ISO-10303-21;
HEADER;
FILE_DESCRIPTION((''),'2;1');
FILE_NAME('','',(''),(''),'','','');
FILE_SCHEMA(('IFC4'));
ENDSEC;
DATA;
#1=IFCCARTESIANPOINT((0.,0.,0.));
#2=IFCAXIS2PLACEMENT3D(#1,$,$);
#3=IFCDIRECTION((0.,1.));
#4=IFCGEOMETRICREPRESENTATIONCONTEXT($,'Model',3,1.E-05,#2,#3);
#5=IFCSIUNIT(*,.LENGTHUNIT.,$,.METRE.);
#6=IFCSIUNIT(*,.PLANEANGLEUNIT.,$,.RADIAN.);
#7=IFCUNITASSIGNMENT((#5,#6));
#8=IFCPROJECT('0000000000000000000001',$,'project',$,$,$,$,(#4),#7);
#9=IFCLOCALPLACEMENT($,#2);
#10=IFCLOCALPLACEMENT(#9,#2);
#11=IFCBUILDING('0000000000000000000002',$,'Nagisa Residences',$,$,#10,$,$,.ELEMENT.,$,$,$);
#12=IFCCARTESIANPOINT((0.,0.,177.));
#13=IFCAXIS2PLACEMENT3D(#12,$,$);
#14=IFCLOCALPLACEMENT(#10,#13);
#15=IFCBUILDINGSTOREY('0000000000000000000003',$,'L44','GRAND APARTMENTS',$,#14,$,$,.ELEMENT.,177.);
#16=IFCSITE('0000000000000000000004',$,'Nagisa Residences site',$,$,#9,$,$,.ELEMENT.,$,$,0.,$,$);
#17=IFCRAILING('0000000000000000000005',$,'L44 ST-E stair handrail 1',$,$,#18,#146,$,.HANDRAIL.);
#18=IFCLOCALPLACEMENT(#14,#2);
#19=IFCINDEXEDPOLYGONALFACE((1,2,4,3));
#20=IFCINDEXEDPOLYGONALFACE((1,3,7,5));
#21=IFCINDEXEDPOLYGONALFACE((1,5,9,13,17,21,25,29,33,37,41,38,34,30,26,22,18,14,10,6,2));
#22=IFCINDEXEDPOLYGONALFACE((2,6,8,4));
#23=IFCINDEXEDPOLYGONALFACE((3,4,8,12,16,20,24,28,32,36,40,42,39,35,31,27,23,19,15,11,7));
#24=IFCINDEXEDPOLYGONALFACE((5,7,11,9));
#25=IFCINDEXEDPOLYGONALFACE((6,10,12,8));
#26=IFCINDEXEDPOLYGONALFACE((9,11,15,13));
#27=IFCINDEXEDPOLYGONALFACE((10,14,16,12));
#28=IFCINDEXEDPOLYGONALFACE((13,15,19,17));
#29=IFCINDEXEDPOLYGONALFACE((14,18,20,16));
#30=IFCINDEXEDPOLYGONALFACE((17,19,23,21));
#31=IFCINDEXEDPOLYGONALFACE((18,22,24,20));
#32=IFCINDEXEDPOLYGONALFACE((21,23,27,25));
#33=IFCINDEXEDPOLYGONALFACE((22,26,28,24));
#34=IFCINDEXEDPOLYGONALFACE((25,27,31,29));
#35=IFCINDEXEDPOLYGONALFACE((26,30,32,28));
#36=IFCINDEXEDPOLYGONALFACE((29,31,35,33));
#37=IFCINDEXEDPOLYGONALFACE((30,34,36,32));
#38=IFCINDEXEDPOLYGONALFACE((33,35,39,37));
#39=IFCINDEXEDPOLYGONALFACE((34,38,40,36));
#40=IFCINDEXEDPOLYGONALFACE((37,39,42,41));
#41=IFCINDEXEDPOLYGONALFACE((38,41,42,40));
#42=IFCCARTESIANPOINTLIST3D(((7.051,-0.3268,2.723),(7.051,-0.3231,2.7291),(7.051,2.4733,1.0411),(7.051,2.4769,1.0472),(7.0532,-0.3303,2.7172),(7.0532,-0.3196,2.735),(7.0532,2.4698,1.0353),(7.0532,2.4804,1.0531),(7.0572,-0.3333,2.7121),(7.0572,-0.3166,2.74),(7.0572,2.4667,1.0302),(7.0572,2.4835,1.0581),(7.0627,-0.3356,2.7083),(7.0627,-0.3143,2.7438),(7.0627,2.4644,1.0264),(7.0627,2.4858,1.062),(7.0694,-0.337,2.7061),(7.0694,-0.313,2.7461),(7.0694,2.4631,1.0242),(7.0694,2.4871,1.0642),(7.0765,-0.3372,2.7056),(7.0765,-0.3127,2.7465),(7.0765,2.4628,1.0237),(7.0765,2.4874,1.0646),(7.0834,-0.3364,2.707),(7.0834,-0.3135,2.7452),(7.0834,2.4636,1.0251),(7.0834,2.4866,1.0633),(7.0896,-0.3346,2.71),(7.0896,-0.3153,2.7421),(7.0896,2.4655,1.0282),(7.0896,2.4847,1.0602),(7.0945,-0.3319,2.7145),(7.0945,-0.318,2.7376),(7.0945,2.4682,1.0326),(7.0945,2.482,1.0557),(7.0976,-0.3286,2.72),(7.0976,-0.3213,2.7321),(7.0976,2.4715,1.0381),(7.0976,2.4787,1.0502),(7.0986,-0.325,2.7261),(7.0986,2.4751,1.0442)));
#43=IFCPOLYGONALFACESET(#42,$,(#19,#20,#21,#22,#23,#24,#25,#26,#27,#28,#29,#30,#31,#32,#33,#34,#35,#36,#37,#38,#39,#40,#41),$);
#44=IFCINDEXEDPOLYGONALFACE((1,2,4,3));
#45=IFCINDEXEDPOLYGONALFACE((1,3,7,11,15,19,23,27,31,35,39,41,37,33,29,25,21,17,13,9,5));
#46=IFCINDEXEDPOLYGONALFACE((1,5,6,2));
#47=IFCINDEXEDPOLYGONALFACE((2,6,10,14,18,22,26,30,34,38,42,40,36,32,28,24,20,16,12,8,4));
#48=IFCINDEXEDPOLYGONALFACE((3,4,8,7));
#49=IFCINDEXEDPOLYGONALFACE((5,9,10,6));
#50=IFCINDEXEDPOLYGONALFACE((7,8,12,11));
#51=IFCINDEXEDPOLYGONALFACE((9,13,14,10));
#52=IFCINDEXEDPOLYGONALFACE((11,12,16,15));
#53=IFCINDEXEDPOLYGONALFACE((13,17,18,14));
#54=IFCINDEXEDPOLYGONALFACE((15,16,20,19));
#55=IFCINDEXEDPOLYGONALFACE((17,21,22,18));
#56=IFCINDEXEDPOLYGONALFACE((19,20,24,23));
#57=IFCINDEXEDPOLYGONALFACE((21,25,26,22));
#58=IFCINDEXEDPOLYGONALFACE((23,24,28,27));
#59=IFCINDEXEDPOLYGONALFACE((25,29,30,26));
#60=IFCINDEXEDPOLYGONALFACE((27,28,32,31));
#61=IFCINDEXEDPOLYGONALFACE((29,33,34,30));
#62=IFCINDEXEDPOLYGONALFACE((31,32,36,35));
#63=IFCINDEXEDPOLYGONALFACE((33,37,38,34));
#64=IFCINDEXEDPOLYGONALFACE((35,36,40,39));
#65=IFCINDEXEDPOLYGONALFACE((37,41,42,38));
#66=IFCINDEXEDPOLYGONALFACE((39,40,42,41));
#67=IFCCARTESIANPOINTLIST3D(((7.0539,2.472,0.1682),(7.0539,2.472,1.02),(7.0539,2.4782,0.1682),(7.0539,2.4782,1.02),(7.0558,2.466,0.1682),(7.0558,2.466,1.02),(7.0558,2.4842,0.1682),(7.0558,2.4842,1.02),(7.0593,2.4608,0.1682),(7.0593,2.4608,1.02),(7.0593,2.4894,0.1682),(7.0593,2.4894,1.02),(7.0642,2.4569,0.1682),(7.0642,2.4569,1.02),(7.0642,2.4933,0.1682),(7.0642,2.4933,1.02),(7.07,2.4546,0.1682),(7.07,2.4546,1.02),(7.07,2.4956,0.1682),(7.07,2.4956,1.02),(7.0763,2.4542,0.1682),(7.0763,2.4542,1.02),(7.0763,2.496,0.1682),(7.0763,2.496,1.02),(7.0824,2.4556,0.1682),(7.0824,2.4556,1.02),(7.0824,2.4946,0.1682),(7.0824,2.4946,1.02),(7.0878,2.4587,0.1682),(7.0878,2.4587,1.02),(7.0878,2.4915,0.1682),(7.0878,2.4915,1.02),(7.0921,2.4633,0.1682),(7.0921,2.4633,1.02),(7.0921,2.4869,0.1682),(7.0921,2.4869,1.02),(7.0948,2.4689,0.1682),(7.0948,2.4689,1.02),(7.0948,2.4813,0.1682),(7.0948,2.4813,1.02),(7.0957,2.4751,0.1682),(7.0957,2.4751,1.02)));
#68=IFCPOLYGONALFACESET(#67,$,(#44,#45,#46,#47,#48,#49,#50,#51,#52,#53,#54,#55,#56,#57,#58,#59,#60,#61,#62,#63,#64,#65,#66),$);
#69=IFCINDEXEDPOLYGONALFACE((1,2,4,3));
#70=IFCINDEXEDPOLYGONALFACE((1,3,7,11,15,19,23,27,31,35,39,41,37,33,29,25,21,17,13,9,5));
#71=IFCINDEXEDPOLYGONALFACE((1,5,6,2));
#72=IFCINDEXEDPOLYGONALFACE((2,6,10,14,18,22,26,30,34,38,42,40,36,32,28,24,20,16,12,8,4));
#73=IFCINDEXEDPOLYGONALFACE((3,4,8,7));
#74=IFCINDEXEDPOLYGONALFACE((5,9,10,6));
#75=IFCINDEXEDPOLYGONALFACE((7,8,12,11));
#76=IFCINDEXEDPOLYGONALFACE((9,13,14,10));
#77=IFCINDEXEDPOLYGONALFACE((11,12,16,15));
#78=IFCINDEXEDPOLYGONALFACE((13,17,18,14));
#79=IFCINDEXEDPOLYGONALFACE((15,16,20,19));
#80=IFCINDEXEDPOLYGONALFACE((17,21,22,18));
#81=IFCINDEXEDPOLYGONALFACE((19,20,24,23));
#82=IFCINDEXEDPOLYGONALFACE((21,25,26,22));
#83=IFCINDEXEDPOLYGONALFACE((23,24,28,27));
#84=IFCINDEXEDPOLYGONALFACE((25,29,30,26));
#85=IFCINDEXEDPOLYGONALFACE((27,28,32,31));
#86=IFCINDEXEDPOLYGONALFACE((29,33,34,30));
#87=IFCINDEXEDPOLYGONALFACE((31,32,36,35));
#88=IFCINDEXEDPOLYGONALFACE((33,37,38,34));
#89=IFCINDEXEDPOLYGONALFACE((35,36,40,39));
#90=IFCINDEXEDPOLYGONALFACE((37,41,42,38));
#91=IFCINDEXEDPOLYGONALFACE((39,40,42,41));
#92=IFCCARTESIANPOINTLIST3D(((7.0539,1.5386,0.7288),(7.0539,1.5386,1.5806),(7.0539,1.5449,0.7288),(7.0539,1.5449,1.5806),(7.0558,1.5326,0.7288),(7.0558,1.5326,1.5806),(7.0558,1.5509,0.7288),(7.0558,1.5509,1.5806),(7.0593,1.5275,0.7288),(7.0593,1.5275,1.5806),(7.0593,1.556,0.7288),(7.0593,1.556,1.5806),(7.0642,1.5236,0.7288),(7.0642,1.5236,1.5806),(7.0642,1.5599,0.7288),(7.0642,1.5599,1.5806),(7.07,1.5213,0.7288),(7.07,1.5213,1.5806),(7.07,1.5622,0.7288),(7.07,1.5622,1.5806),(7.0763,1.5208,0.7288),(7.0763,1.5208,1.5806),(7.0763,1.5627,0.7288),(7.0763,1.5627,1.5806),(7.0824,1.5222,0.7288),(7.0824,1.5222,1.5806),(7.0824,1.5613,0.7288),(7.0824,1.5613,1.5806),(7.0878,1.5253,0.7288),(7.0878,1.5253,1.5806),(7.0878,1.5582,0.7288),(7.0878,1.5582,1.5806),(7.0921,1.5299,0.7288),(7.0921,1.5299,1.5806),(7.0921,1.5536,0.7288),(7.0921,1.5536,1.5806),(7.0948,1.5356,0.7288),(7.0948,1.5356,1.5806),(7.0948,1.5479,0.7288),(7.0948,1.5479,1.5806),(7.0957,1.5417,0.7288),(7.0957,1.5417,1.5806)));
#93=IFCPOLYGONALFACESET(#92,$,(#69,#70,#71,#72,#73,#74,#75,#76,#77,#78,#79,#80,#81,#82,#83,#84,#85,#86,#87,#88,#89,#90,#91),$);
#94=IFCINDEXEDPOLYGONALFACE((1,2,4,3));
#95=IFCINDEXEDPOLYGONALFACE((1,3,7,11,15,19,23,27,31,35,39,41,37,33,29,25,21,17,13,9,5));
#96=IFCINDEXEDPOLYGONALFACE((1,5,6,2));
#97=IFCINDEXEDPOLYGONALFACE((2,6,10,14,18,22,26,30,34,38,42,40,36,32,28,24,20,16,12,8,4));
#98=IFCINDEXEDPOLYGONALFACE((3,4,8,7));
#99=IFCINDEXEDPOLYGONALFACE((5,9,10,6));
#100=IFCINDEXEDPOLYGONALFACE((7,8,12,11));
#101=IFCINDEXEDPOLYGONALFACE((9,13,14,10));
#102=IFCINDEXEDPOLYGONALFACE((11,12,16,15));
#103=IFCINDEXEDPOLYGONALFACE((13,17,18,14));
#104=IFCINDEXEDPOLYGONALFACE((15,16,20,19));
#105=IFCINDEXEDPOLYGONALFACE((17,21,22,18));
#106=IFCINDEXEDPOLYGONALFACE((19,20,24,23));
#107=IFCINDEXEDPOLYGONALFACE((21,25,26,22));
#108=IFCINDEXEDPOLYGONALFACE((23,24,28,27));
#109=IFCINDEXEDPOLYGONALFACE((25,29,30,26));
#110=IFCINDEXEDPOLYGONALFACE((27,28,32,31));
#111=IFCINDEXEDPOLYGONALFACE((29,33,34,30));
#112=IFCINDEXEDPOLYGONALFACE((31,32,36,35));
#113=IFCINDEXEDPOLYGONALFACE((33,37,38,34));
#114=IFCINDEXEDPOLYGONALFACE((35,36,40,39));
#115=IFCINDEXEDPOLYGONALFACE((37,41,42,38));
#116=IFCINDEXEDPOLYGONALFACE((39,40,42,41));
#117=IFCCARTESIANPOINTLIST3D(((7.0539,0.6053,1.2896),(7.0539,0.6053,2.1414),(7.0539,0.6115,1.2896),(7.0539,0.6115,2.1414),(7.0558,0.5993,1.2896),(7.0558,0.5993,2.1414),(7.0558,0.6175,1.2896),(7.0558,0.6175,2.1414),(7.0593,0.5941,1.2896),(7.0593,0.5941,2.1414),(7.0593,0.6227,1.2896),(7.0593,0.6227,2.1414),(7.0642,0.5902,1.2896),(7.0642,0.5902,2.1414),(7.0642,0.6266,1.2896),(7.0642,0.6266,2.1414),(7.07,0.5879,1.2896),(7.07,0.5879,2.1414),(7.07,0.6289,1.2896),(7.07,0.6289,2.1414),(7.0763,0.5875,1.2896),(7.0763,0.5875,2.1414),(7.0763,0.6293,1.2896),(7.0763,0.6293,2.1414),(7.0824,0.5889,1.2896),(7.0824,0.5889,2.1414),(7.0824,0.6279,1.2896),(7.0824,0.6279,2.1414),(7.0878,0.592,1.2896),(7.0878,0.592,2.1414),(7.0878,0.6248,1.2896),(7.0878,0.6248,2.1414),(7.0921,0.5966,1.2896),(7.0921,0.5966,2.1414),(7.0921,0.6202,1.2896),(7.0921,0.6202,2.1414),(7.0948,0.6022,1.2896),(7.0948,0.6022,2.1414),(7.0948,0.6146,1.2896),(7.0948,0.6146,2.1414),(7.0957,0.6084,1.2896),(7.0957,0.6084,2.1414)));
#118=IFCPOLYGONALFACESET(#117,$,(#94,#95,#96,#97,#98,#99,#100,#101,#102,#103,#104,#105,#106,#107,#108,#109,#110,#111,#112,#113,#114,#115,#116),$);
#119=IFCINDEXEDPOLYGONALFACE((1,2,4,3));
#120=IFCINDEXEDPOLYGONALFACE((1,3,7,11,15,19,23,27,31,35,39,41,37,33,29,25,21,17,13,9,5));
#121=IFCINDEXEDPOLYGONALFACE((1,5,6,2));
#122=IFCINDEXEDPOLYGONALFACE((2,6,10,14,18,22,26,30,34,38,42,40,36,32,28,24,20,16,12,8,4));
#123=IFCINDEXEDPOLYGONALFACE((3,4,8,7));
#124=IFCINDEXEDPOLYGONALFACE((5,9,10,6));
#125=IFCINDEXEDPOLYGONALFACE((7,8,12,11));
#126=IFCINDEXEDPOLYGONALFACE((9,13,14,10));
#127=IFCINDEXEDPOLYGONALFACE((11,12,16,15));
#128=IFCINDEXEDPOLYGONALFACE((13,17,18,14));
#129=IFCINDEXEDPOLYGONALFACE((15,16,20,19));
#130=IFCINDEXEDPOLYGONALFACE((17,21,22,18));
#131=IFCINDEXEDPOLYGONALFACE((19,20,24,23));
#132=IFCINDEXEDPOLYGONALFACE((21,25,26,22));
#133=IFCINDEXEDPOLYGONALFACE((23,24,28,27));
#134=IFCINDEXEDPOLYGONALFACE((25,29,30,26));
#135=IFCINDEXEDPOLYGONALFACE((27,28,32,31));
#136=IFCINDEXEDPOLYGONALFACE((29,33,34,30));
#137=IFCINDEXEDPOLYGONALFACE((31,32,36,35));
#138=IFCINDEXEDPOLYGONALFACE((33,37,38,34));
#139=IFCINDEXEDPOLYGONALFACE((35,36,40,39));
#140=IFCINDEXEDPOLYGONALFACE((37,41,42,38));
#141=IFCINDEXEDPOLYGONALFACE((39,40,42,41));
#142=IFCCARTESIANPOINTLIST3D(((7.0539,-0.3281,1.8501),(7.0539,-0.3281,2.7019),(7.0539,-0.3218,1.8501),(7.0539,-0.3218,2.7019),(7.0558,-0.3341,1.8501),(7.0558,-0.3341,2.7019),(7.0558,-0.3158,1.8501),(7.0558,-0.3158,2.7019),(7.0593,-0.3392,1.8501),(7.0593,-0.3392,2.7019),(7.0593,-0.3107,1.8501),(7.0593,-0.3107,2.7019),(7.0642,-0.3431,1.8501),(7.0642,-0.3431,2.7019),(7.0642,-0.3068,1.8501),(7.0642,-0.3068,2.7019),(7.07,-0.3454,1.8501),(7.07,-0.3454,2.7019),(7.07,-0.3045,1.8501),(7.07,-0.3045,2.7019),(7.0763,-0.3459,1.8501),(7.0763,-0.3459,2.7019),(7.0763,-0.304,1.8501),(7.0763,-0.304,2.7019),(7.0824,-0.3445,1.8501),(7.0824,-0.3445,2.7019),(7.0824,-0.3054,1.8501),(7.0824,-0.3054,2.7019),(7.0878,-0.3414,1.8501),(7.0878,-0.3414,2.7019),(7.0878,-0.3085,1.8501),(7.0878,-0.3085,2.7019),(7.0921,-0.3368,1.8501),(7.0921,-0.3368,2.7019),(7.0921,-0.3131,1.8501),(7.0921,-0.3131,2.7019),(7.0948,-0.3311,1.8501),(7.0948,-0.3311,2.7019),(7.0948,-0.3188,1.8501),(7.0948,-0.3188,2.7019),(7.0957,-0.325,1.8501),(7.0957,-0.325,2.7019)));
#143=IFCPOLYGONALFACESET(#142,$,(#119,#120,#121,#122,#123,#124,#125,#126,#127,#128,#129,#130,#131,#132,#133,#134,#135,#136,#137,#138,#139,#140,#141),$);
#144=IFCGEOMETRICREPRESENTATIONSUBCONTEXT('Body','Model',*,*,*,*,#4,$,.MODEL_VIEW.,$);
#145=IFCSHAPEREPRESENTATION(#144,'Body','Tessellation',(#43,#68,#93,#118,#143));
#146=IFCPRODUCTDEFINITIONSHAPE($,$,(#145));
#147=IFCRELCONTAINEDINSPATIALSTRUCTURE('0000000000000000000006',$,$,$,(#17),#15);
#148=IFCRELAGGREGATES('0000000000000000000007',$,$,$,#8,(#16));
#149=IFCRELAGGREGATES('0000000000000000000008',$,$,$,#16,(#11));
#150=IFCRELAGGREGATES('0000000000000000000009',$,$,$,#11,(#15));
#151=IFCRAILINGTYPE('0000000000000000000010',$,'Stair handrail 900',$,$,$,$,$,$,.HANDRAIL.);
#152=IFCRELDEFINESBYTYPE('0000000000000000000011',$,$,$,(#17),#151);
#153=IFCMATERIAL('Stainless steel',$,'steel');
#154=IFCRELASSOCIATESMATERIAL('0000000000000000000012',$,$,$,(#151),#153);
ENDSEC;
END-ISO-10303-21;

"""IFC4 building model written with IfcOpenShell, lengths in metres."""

from ifc_helpers import new_model, si_unit, direction, frame, origin, origin_2d, place, context, subcontext, project, spatial, circle, extrude, material, type_object, element, save


model = new_model("IFC4")

# Units and contexts
model_context = context("Model", 3, precision=1e-05, world=origin(), true_north=direction((0.0, 1.0)))
body_context = subcontext(model_context, "Body", "Model", "MODEL_VIEW")
ifc_project = project(units=[si_unit("LENGTHUNIT", "METRE"), si_unit("PLANEANGLEUNIT", "RADIAN")], contexts=[model_context])

# Site, building, storey
site_placement = place(None, origin())
site = spatial("IfcSite", under=ifc_project, at=site_placement, Name="Nagisa Residences site", CompositionType="ELEMENT", RefElevation=0.0)
building_placement = place(site_placement, origin())
building = spatial("IfcBuilding", under=site, at=building_placement, Name="Nagisa Residences", CompositionType="ELEMENT")
storey_placement = place(building_placement, frame((0.0, 0.0, 177.0)))
storey = spatial("IfcBuildingStorey", under=building, at=storey_placement, Name="L44", Description="GRAND APARTMENTS", CompositionType="ELEMENT", Elevation=177.0)

# Railing
ifc_material_1 = material(Name="Stainless steel", Category="steel")
railing_type_1 = type_object("IfcRailingType", Name="Stair handrail 900", PredefinedType="HANDRAIL", material=ifc_material_1)
railing_1_placement = place(storey_placement, frame((7.0747, 2.4751, 0.1682)))
element("IfcRailing", 1, at=railing_1_placement, inside=storey, type_object=railing_type_1, Name="L44 ST-E stair handrail 1", PredefinedType="HANDRAIL", context=body_context, shape_type="SweptSolid", body=[
    extrude(circle(Radius=0.0239, at=origin_2d()), frame((0.0, 0.0, 0.876), z_axis=(0.0, -0.857242, 0.514913), x_axis=(1.0, 0.0, 0.0)), (0.0, 0.0, 1.0), 3.2664),
    extrude(circle(Radius=0.021, at=origin_2d()), origin(), (0.0, 0.0, 1.0), 0.8518),
    extrude(circle(Radius=0.021, at=origin_2d()), frame((0.0, -0.9333, 0.5605)), (0.0, 0.0, 1.0), 0.8518),
    extrude(circle(Radius=0.021, at=origin_2d()), frame((0.0, -1.8667, 1.1213)), (0.0, 0.0, 1.0), 0.8518),
    extrude(circle(Radius=0.021, at=origin_2d()), frame((0.0, -2.8, 1.6819)), (0.0, 0.0, 1.0), 0.8518),
])

save(model, "model.ifc")
